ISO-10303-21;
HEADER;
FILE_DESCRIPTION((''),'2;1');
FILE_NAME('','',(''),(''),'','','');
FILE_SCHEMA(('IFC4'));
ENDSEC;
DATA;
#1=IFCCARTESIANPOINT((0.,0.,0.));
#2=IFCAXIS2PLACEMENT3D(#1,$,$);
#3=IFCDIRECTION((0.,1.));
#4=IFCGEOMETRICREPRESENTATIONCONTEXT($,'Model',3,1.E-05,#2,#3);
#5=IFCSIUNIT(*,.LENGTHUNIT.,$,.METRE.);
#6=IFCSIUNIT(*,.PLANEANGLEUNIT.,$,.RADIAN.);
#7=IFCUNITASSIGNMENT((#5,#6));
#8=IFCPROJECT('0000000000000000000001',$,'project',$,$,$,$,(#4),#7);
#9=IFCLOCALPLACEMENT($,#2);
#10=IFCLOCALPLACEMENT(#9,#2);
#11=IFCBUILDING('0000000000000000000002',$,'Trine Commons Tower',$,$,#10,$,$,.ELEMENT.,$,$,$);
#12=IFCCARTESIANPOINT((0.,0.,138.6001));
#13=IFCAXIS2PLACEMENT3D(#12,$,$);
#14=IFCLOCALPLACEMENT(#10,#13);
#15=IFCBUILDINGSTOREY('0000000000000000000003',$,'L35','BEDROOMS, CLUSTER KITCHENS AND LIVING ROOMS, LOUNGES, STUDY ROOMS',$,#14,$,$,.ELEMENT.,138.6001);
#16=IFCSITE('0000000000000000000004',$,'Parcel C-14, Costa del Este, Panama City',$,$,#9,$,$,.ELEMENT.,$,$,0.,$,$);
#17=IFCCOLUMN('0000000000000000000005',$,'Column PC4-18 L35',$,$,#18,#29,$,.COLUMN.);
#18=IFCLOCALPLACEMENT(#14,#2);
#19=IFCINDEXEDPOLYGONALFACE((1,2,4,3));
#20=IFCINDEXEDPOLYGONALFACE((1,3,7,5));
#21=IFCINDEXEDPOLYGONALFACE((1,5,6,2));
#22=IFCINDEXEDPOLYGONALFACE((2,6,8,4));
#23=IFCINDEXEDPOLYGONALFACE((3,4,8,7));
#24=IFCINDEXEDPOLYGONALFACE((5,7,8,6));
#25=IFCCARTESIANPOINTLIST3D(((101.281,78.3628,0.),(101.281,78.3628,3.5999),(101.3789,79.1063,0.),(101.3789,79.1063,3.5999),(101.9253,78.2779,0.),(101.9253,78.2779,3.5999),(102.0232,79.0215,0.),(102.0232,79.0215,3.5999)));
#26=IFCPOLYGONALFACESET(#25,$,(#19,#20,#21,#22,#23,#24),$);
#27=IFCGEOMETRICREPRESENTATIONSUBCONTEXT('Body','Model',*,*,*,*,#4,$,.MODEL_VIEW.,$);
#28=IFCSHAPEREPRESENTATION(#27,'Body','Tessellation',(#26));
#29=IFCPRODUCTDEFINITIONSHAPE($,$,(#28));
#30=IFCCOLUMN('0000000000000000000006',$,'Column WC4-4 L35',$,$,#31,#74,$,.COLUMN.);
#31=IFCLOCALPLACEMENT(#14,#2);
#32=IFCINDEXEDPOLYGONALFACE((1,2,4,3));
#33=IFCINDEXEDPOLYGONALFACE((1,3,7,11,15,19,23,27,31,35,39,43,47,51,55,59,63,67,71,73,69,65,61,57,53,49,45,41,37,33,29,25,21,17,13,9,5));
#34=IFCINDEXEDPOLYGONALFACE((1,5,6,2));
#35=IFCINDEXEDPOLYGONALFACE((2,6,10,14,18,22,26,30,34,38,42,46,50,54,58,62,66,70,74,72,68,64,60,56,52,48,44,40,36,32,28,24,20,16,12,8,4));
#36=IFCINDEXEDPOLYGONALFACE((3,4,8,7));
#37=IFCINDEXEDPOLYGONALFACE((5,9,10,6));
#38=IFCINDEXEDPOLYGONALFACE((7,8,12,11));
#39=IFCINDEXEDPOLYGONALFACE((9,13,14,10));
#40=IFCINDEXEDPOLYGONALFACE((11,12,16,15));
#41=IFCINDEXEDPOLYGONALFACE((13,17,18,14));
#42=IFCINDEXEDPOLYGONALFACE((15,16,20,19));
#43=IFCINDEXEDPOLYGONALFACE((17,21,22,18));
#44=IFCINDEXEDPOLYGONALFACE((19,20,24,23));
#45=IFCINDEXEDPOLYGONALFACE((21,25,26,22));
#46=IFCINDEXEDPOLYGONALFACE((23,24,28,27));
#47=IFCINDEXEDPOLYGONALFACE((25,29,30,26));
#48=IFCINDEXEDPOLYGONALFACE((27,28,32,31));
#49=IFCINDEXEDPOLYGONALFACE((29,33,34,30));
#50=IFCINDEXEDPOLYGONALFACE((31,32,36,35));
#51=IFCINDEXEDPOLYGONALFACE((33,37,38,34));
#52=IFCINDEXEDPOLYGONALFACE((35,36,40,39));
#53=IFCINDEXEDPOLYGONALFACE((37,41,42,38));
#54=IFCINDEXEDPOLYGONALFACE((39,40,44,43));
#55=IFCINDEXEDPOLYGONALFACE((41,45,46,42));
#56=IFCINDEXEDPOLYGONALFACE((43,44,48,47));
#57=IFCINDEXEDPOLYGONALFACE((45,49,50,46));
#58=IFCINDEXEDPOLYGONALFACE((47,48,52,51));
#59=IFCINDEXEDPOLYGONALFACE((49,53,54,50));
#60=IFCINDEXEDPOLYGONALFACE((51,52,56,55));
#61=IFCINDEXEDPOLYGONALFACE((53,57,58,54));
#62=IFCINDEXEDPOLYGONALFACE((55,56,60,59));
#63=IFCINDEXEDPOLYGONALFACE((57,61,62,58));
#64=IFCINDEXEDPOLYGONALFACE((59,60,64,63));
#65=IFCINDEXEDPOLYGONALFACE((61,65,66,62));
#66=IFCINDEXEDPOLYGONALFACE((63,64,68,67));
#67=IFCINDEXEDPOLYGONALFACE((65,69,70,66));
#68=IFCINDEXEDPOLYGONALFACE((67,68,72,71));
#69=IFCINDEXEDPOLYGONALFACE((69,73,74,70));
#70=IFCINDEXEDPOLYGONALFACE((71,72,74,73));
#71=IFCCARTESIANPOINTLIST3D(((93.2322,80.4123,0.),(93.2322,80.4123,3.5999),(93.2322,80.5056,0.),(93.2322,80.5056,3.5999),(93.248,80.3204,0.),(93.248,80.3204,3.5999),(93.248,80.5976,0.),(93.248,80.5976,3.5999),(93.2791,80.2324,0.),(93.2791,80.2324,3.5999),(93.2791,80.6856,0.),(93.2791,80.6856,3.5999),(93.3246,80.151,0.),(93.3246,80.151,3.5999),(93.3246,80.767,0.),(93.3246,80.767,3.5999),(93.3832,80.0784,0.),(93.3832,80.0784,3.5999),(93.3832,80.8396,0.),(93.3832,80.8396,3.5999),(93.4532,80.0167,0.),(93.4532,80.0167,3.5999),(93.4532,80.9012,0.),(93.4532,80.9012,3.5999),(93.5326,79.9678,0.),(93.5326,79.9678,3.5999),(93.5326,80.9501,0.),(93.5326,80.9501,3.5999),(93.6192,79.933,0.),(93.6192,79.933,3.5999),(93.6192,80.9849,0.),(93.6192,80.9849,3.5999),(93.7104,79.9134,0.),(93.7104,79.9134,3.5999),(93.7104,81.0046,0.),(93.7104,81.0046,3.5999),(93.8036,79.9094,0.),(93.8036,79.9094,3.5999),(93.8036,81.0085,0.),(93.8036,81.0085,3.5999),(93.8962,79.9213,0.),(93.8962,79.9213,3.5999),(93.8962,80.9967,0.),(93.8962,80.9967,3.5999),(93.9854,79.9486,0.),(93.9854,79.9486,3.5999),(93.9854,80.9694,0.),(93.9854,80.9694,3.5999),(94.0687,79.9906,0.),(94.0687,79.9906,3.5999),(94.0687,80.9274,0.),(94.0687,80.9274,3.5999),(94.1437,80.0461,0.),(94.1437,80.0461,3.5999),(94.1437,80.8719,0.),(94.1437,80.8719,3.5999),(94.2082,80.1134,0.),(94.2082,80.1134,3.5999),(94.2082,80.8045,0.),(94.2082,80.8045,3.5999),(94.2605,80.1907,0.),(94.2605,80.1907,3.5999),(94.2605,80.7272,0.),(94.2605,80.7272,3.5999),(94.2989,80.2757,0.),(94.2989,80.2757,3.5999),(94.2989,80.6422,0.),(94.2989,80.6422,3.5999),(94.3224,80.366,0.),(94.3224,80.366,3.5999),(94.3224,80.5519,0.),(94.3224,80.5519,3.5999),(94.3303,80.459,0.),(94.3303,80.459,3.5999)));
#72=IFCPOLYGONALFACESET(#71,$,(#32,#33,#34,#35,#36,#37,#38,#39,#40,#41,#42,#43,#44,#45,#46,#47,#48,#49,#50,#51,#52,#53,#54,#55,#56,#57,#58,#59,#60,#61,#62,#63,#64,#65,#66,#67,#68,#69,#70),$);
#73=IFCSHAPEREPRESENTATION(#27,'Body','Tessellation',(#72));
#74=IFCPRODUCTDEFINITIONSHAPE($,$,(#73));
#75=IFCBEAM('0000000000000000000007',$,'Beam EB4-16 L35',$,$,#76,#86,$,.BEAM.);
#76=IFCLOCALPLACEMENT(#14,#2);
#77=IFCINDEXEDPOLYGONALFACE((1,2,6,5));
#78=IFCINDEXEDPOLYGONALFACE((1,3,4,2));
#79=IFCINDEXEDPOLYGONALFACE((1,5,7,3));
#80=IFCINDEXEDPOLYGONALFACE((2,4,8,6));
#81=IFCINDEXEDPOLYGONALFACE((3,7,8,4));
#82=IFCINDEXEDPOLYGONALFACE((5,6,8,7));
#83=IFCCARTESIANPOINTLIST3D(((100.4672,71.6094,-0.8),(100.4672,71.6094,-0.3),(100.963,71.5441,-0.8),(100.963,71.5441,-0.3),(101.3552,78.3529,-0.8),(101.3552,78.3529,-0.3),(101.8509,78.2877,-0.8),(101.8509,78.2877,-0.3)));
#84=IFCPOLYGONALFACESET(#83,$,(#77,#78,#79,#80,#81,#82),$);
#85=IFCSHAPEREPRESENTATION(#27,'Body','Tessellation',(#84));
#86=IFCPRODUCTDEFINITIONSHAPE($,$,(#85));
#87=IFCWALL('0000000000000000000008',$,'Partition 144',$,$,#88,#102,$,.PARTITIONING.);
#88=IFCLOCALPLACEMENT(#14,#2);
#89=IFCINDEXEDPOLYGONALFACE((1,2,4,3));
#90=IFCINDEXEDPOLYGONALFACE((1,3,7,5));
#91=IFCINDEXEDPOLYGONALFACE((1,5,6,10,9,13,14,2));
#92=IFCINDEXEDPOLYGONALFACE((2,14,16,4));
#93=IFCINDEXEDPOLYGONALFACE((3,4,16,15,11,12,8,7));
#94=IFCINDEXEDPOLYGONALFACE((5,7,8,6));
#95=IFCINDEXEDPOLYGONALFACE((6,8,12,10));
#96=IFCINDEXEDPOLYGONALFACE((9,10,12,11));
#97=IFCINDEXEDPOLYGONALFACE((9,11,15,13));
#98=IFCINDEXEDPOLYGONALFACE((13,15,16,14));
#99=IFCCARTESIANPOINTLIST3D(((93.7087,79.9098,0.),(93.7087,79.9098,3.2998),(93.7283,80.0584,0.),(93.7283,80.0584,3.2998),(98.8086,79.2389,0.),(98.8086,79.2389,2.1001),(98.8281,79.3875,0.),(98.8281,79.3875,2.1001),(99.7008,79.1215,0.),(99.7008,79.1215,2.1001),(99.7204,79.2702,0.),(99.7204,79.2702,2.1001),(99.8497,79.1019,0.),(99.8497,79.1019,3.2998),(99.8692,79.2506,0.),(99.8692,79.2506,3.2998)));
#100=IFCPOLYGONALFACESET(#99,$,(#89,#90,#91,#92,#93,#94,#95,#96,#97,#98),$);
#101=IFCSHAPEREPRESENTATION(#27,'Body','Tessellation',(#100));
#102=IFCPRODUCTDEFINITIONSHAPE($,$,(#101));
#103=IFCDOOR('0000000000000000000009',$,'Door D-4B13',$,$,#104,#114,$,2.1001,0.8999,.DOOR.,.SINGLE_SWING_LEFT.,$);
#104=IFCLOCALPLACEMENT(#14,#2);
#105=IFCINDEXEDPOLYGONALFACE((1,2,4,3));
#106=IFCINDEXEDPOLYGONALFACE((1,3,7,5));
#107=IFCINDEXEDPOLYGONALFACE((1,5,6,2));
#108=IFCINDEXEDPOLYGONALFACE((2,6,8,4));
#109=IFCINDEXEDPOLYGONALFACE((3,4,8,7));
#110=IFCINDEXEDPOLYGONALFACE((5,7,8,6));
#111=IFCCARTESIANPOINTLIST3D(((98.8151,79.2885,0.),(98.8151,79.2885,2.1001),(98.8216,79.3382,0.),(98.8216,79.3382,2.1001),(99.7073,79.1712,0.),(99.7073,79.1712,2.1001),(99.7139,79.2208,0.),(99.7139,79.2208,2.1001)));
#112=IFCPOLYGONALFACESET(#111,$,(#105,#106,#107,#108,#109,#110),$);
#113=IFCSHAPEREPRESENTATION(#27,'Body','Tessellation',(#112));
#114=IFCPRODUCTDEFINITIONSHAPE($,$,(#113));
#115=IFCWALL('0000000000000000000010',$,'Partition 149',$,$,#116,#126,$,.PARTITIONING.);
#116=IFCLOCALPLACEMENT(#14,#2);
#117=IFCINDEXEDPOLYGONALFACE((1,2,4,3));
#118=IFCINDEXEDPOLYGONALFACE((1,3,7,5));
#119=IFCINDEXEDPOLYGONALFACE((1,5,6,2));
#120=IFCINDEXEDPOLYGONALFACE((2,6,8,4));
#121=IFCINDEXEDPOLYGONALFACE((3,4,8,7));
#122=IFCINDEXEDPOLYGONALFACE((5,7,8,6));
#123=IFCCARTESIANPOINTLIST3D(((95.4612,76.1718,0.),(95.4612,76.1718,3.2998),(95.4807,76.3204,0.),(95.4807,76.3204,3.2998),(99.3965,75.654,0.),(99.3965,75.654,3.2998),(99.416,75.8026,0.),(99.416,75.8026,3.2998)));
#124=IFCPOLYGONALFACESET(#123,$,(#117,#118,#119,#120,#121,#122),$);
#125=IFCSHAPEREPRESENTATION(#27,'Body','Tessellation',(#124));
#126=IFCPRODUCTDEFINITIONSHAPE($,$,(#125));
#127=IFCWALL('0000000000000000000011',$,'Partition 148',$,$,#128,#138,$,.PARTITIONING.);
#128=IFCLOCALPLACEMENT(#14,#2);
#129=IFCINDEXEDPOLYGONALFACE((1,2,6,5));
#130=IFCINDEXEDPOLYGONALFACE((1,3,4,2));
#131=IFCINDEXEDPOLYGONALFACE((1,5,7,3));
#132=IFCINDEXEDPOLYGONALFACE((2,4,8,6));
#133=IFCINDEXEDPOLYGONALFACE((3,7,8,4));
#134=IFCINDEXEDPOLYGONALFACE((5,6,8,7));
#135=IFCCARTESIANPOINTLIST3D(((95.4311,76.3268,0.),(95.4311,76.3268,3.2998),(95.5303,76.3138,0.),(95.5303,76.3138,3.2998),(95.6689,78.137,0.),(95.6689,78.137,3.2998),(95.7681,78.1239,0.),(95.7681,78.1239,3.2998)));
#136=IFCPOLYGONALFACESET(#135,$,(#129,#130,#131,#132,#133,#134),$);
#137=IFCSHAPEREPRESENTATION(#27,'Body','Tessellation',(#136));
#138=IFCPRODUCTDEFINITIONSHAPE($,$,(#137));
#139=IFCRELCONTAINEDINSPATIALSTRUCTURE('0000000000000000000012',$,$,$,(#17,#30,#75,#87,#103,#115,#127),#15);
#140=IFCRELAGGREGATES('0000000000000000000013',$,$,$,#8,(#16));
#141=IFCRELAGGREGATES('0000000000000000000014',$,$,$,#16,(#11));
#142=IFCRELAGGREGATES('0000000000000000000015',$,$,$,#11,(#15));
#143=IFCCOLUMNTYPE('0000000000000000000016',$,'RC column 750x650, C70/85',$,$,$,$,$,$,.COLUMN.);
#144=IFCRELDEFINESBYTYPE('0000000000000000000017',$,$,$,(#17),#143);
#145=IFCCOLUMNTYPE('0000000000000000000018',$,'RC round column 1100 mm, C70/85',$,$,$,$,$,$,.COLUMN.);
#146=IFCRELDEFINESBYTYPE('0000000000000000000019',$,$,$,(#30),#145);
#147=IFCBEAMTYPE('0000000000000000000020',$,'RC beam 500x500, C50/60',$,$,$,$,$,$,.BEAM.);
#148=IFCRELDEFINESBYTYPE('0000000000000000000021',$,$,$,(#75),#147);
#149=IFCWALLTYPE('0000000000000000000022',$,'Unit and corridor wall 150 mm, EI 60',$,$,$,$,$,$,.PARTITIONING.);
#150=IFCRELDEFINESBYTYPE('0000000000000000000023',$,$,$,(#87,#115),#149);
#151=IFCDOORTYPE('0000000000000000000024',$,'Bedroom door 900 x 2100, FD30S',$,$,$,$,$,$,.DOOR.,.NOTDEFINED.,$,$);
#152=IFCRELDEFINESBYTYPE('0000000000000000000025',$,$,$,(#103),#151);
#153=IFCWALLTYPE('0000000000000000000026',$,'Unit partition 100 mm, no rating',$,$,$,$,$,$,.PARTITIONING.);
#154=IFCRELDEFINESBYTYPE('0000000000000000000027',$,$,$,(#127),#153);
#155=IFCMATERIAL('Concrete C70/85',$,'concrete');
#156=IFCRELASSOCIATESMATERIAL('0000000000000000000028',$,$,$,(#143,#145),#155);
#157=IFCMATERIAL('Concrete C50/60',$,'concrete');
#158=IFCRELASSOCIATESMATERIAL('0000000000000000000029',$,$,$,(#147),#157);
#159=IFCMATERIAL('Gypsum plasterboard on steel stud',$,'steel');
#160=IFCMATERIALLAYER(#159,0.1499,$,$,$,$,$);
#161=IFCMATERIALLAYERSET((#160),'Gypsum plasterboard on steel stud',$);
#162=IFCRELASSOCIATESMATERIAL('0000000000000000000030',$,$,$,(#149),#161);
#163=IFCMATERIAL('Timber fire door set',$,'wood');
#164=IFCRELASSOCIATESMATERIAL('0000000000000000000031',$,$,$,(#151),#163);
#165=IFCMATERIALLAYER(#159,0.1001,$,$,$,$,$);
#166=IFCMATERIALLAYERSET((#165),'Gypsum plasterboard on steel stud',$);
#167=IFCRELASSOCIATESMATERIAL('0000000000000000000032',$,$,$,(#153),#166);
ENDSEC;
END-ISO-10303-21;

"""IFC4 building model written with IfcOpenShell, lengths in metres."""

from ifc_helpers import new_model, si_unit, direction, frame, frame_2d, origin, origin_2d, place, context, subcontext, project, spatial, rectangle, circle, extrude, material, layer, layer_set, material_profile, profile_set, type_object, element, fill, save


model = new_model("IFC4")

# Units and contexts
model_context = context("Model", 3, precision=1e-05, world=origin(), true_north=direction((0.0, 1.0)))
body_context = subcontext(model_context, "Body", "Model", "MODEL_VIEW")
ifc_project = project(units=[si_unit("LENGTHUNIT", "METRE"), si_unit("PLANEANGLEUNIT", "RADIAN")], contexts=[model_context])

# Site, building, storey
site_placement = place(None, origin())
site = spatial("IfcSite", under=ifc_project, at=site_placement, Name="Parcel C-14, Costa del Este, Panama City", CompositionType="ELEMENT", RefElevation=0.0)
building_placement = place(site_placement, origin())
building = spatial("IfcBuilding", under=site, at=building_placement, Name="Trine Commons Tower", CompositionType="ELEMENT")
storey_placement = place(building_placement, frame((0.0, 0.0, 138.6001)))
storey = spatial("IfcBuildingStorey", under=building, at=storey_placement, Name="L35", Description="BEDROOMS, CLUSTER KITCHENS AND LIVING ROOMS, LOUNGES, STUDY ROOMS", CompositionType="ELEMENT", Elevation=138.6001)

# Columns
ifc_material_1 = material(Name="Concrete C70/85", Category="concrete")
ifc_material_profile_1 = material_profile(ifc_material_1, rectangle(XDim=0.75, YDim=0.6499, at=origin_2d()), Name="RC 750x650")
ifc_profile_set_1 = profile_set([ifc_material_profile_1], Name="Concrete C70/85")
column_type_1 = type_object("IfcColumnType", Name="RC column 750x650, C70/85", PredefinedType="COLUMN", material=ifc_profile_set_1)
column_1_placement = place(storey_placement, frame((101.6521, 78.6921, 0.0), z_axis=(0.0, 0.0, 1.0), x_axis=(0.130526, 0.991445, 0.0)))
element("IfcColumn", 1, at=column_1_placement, inside=storey, type_object=column_type_1, Name="Column PC4-18 L35", PredefinedType="COLUMN", context=body_context, shape_type="SweptSolid", body=[
    extrude(rectangle(XDim=0.75, YDim=0.6499, at=origin_2d()), origin(), (0.0, 0.0, 1.0), 3.5999),
])
ifc_material_profile_2 = material_profile(ifc_material_1, circle(Radius=0.55, at=origin_2d()), Name="RC round 1100")
ifc_profile_set_2 = profile_set([ifc_material_profile_2], Name="Concrete C70/85")
column_type_2 = type_object("IfcColumnType", Name="RC round column 1100 mm, C70/85", PredefinedType="COLUMN", material=ifc_profile_set_2)
column_2_placement = place(storey_placement, frame((93.7803, 80.459, 0.0), z_axis=(0.0, 0.0, 1.0), x_axis=(1.0, 0.0, 0.0)))
element("IfcColumn", 2, at=column_2_placement, inside=storey, type_object=column_type_2, Name="Column WC4-4 L35", PredefinedType="COLUMN", context=body_context, shape_type="SweptSolid", body=[
    extrude(circle(Radius=0.55, at=origin_2d()), origin(), (0.0, 0.0, 1.0), 3.5999),
])

# Beam
ifc_material_2 = material(Name="Concrete C50/60", Category="concrete")
ifc_material_profile_3 = material_profile(ifc_material_2, rectangle(XDim=0.5, YDim=0.5, at=origin_2d()), Name="RC 500x500")
ifc_profile_set_3 = profile_set([ifc_material_profile_3], Name="Concrete C50/60")
beam_type = type_object("IfcBeamType", Name="RC beam 500x500, C50/60", PredefinedType="BEAM", material=ifc_profile_set_3)
beam_placement = place(storey_placement, frame((101.603, 78.3203, -0.55), z_axis=(-0.130544, -0.991443, 0.0), x_axis=(0.991443, -0.130544, 0.0)))
element("IfcBeam", 3, at=beam_placement, inside=storey, type_object=beam_type, Name="Beam EB4-16 L35", PredefinedType="BEAM", context=body_context, shape_type="SweptSolid", body=[
    extrude(rectangle(XDim=0.5, YDim=0.5, at=origin_2d()), origin(), (0.0, 0.0, 1.0), 6.8018),
])

# Wall, opening, door
ifc_material_3 = material(Name="Gypsum plasterboard on steel stud", Category="steel")
ifc_layer_1 = layer(ifc_material_3, 0.1499)
ifc_layer_set_1 = layer_set([ifc_layer_1], Name="Gypsum plasterboard on steel stud")
wall_type_1 = type_object("IfcWallType", Name="Unit and corridor wall 150 mm, EI 60", PredefinedType="PARTITIONING", material=ifc_layer_set_1)
wall_1_placement = place(storey_placement, frame((93.7185, 79.9841, 0.0), z_axis=(0.0, 0.0, 1.0), x_axis=(0.991457, -0.130431, 0.0)))
wall_1 = element("IfcWall", 4, at=wall_1_placement, inside=storey, type_object=wall_type_1, Name="Partition 144", PredefinedType="PARTITIONING", context=body_context, shape_type="SweptSolid", body=[
    extrude(rectangle(XDim=6.1938, YDim=0.1499, at=frame_2d((3.0969, 0.0))), origin(), (0.0, 0.0, 1.0), 3.2998),
])
opening_placement = place(wall_1_placement, frame((5.1438, 0.0, 0.0)))
opening = element("IfcOpeningElement", 5, at=opening_placement, cuts=wall_1, PredefinedType="OPENING", context=body_context, shape_type="SweptSolid", body=[
    extrude(rectangle(XDim=0.8999, YDim=2.1001, at=frame_2d((0.45, 1.05))), frame((0.0, 0.085, 0.0), z_axis=(0.0, -1.0, 0.0), x_axis=(1.0, 0.0, 0.0)), (0.0, 0.0, 1.0), 0.1699),
])
ifc_material_4 = material(Name="Timber fire door set", Category="wood")
door_type = type_object("IfcDoorType", Name="Bedroom door 900 x 2100, FD30S", OperationType="NOTDEFINED", PredefinedType="DOOR", material=ifc_material_4)
door_placement = place(opening_placement, frame((0.8999, 0.0, 0.0), z_axis=(0.0, 0.0, 1.0), x_axis=(-1.0, 0.0, 0.0)))
door = element("IfcDoor", 6, at=door_placement, inside=storey, type_object=door_type, Name="Door D-4B13", OperationType="SINGLE_SWING_LEFT", OverallHeight=2.1001, OverallWidth=0.8999, PredefinedType="DOOR", context=body_context, shape_type="SweptSolid", body=[
    extrude(rectangle(XDim=0.8999, YDim=2.1001, at=frame_2d((0.45, 1.05))), frame((0.0, 0.0249, 0.0), z_axis=(0.0, -1.0, 0.0), x_axis=(1.0, 0.0, 0.0)), (0.0, 0.0, 1.0), 0.05),
])
fill(opening, door)

# Walls
wall_2_placement = place(storey_placement, frame((95.4709, 76.2461, 0.0), z_axis=(0.0, 0.0, 1.0), x_axis=(0.991454, -0.130459, 0.0)))
element("IfcWall", 7, at=wall_2_placement, inside=storey, type_object=wall_type_1, Name="Partition 149", PredefinedType="PARTITIONING", context=body_context, shape_type="SweptSolid", body=[
    extrude(rectangle(XDim=3.9692, YDim=0.1499, at=frame_2d((1.9846, 0.0))), origin(), (0.0, 0.0, 1.0), 3.2998),
])
ifc_layer_2 = layer(ifc_material_3, 0.1001)
ifc_layer_set_2 = layer_set([ifc_layer_2], Name="Gypsum plasterboard on steel stud")
wall_type_2 = type_object("IfcWallType", Name="Unit partition 100 mm, no rating", PredefinedType="PARTITIONING", material=ifc_layer_set_2)
wall_3_placement = place(storey_placement, frame((95.4807, 76.3203, 0.0), z_axis=(0.0, 0.0, 1.0), x_axis=(0.130254, 0.991481, 0.0)))
element("IfcWall", 8, at=wall_3_placement, inside=storey, type_object=wall_type_2, Name="Partition 148", PredefinedType="PARTITIONING", context=body_context, shape_type="SweptSolid", body=[
    extrude(rectangle(XDim=1.8257, YDim=0.1001, at=frame_2d((0.9128, 0.0))), origin(), (0.0, 0.0, 1.0), 3.2998),
])

save(model, "model.ifc")
